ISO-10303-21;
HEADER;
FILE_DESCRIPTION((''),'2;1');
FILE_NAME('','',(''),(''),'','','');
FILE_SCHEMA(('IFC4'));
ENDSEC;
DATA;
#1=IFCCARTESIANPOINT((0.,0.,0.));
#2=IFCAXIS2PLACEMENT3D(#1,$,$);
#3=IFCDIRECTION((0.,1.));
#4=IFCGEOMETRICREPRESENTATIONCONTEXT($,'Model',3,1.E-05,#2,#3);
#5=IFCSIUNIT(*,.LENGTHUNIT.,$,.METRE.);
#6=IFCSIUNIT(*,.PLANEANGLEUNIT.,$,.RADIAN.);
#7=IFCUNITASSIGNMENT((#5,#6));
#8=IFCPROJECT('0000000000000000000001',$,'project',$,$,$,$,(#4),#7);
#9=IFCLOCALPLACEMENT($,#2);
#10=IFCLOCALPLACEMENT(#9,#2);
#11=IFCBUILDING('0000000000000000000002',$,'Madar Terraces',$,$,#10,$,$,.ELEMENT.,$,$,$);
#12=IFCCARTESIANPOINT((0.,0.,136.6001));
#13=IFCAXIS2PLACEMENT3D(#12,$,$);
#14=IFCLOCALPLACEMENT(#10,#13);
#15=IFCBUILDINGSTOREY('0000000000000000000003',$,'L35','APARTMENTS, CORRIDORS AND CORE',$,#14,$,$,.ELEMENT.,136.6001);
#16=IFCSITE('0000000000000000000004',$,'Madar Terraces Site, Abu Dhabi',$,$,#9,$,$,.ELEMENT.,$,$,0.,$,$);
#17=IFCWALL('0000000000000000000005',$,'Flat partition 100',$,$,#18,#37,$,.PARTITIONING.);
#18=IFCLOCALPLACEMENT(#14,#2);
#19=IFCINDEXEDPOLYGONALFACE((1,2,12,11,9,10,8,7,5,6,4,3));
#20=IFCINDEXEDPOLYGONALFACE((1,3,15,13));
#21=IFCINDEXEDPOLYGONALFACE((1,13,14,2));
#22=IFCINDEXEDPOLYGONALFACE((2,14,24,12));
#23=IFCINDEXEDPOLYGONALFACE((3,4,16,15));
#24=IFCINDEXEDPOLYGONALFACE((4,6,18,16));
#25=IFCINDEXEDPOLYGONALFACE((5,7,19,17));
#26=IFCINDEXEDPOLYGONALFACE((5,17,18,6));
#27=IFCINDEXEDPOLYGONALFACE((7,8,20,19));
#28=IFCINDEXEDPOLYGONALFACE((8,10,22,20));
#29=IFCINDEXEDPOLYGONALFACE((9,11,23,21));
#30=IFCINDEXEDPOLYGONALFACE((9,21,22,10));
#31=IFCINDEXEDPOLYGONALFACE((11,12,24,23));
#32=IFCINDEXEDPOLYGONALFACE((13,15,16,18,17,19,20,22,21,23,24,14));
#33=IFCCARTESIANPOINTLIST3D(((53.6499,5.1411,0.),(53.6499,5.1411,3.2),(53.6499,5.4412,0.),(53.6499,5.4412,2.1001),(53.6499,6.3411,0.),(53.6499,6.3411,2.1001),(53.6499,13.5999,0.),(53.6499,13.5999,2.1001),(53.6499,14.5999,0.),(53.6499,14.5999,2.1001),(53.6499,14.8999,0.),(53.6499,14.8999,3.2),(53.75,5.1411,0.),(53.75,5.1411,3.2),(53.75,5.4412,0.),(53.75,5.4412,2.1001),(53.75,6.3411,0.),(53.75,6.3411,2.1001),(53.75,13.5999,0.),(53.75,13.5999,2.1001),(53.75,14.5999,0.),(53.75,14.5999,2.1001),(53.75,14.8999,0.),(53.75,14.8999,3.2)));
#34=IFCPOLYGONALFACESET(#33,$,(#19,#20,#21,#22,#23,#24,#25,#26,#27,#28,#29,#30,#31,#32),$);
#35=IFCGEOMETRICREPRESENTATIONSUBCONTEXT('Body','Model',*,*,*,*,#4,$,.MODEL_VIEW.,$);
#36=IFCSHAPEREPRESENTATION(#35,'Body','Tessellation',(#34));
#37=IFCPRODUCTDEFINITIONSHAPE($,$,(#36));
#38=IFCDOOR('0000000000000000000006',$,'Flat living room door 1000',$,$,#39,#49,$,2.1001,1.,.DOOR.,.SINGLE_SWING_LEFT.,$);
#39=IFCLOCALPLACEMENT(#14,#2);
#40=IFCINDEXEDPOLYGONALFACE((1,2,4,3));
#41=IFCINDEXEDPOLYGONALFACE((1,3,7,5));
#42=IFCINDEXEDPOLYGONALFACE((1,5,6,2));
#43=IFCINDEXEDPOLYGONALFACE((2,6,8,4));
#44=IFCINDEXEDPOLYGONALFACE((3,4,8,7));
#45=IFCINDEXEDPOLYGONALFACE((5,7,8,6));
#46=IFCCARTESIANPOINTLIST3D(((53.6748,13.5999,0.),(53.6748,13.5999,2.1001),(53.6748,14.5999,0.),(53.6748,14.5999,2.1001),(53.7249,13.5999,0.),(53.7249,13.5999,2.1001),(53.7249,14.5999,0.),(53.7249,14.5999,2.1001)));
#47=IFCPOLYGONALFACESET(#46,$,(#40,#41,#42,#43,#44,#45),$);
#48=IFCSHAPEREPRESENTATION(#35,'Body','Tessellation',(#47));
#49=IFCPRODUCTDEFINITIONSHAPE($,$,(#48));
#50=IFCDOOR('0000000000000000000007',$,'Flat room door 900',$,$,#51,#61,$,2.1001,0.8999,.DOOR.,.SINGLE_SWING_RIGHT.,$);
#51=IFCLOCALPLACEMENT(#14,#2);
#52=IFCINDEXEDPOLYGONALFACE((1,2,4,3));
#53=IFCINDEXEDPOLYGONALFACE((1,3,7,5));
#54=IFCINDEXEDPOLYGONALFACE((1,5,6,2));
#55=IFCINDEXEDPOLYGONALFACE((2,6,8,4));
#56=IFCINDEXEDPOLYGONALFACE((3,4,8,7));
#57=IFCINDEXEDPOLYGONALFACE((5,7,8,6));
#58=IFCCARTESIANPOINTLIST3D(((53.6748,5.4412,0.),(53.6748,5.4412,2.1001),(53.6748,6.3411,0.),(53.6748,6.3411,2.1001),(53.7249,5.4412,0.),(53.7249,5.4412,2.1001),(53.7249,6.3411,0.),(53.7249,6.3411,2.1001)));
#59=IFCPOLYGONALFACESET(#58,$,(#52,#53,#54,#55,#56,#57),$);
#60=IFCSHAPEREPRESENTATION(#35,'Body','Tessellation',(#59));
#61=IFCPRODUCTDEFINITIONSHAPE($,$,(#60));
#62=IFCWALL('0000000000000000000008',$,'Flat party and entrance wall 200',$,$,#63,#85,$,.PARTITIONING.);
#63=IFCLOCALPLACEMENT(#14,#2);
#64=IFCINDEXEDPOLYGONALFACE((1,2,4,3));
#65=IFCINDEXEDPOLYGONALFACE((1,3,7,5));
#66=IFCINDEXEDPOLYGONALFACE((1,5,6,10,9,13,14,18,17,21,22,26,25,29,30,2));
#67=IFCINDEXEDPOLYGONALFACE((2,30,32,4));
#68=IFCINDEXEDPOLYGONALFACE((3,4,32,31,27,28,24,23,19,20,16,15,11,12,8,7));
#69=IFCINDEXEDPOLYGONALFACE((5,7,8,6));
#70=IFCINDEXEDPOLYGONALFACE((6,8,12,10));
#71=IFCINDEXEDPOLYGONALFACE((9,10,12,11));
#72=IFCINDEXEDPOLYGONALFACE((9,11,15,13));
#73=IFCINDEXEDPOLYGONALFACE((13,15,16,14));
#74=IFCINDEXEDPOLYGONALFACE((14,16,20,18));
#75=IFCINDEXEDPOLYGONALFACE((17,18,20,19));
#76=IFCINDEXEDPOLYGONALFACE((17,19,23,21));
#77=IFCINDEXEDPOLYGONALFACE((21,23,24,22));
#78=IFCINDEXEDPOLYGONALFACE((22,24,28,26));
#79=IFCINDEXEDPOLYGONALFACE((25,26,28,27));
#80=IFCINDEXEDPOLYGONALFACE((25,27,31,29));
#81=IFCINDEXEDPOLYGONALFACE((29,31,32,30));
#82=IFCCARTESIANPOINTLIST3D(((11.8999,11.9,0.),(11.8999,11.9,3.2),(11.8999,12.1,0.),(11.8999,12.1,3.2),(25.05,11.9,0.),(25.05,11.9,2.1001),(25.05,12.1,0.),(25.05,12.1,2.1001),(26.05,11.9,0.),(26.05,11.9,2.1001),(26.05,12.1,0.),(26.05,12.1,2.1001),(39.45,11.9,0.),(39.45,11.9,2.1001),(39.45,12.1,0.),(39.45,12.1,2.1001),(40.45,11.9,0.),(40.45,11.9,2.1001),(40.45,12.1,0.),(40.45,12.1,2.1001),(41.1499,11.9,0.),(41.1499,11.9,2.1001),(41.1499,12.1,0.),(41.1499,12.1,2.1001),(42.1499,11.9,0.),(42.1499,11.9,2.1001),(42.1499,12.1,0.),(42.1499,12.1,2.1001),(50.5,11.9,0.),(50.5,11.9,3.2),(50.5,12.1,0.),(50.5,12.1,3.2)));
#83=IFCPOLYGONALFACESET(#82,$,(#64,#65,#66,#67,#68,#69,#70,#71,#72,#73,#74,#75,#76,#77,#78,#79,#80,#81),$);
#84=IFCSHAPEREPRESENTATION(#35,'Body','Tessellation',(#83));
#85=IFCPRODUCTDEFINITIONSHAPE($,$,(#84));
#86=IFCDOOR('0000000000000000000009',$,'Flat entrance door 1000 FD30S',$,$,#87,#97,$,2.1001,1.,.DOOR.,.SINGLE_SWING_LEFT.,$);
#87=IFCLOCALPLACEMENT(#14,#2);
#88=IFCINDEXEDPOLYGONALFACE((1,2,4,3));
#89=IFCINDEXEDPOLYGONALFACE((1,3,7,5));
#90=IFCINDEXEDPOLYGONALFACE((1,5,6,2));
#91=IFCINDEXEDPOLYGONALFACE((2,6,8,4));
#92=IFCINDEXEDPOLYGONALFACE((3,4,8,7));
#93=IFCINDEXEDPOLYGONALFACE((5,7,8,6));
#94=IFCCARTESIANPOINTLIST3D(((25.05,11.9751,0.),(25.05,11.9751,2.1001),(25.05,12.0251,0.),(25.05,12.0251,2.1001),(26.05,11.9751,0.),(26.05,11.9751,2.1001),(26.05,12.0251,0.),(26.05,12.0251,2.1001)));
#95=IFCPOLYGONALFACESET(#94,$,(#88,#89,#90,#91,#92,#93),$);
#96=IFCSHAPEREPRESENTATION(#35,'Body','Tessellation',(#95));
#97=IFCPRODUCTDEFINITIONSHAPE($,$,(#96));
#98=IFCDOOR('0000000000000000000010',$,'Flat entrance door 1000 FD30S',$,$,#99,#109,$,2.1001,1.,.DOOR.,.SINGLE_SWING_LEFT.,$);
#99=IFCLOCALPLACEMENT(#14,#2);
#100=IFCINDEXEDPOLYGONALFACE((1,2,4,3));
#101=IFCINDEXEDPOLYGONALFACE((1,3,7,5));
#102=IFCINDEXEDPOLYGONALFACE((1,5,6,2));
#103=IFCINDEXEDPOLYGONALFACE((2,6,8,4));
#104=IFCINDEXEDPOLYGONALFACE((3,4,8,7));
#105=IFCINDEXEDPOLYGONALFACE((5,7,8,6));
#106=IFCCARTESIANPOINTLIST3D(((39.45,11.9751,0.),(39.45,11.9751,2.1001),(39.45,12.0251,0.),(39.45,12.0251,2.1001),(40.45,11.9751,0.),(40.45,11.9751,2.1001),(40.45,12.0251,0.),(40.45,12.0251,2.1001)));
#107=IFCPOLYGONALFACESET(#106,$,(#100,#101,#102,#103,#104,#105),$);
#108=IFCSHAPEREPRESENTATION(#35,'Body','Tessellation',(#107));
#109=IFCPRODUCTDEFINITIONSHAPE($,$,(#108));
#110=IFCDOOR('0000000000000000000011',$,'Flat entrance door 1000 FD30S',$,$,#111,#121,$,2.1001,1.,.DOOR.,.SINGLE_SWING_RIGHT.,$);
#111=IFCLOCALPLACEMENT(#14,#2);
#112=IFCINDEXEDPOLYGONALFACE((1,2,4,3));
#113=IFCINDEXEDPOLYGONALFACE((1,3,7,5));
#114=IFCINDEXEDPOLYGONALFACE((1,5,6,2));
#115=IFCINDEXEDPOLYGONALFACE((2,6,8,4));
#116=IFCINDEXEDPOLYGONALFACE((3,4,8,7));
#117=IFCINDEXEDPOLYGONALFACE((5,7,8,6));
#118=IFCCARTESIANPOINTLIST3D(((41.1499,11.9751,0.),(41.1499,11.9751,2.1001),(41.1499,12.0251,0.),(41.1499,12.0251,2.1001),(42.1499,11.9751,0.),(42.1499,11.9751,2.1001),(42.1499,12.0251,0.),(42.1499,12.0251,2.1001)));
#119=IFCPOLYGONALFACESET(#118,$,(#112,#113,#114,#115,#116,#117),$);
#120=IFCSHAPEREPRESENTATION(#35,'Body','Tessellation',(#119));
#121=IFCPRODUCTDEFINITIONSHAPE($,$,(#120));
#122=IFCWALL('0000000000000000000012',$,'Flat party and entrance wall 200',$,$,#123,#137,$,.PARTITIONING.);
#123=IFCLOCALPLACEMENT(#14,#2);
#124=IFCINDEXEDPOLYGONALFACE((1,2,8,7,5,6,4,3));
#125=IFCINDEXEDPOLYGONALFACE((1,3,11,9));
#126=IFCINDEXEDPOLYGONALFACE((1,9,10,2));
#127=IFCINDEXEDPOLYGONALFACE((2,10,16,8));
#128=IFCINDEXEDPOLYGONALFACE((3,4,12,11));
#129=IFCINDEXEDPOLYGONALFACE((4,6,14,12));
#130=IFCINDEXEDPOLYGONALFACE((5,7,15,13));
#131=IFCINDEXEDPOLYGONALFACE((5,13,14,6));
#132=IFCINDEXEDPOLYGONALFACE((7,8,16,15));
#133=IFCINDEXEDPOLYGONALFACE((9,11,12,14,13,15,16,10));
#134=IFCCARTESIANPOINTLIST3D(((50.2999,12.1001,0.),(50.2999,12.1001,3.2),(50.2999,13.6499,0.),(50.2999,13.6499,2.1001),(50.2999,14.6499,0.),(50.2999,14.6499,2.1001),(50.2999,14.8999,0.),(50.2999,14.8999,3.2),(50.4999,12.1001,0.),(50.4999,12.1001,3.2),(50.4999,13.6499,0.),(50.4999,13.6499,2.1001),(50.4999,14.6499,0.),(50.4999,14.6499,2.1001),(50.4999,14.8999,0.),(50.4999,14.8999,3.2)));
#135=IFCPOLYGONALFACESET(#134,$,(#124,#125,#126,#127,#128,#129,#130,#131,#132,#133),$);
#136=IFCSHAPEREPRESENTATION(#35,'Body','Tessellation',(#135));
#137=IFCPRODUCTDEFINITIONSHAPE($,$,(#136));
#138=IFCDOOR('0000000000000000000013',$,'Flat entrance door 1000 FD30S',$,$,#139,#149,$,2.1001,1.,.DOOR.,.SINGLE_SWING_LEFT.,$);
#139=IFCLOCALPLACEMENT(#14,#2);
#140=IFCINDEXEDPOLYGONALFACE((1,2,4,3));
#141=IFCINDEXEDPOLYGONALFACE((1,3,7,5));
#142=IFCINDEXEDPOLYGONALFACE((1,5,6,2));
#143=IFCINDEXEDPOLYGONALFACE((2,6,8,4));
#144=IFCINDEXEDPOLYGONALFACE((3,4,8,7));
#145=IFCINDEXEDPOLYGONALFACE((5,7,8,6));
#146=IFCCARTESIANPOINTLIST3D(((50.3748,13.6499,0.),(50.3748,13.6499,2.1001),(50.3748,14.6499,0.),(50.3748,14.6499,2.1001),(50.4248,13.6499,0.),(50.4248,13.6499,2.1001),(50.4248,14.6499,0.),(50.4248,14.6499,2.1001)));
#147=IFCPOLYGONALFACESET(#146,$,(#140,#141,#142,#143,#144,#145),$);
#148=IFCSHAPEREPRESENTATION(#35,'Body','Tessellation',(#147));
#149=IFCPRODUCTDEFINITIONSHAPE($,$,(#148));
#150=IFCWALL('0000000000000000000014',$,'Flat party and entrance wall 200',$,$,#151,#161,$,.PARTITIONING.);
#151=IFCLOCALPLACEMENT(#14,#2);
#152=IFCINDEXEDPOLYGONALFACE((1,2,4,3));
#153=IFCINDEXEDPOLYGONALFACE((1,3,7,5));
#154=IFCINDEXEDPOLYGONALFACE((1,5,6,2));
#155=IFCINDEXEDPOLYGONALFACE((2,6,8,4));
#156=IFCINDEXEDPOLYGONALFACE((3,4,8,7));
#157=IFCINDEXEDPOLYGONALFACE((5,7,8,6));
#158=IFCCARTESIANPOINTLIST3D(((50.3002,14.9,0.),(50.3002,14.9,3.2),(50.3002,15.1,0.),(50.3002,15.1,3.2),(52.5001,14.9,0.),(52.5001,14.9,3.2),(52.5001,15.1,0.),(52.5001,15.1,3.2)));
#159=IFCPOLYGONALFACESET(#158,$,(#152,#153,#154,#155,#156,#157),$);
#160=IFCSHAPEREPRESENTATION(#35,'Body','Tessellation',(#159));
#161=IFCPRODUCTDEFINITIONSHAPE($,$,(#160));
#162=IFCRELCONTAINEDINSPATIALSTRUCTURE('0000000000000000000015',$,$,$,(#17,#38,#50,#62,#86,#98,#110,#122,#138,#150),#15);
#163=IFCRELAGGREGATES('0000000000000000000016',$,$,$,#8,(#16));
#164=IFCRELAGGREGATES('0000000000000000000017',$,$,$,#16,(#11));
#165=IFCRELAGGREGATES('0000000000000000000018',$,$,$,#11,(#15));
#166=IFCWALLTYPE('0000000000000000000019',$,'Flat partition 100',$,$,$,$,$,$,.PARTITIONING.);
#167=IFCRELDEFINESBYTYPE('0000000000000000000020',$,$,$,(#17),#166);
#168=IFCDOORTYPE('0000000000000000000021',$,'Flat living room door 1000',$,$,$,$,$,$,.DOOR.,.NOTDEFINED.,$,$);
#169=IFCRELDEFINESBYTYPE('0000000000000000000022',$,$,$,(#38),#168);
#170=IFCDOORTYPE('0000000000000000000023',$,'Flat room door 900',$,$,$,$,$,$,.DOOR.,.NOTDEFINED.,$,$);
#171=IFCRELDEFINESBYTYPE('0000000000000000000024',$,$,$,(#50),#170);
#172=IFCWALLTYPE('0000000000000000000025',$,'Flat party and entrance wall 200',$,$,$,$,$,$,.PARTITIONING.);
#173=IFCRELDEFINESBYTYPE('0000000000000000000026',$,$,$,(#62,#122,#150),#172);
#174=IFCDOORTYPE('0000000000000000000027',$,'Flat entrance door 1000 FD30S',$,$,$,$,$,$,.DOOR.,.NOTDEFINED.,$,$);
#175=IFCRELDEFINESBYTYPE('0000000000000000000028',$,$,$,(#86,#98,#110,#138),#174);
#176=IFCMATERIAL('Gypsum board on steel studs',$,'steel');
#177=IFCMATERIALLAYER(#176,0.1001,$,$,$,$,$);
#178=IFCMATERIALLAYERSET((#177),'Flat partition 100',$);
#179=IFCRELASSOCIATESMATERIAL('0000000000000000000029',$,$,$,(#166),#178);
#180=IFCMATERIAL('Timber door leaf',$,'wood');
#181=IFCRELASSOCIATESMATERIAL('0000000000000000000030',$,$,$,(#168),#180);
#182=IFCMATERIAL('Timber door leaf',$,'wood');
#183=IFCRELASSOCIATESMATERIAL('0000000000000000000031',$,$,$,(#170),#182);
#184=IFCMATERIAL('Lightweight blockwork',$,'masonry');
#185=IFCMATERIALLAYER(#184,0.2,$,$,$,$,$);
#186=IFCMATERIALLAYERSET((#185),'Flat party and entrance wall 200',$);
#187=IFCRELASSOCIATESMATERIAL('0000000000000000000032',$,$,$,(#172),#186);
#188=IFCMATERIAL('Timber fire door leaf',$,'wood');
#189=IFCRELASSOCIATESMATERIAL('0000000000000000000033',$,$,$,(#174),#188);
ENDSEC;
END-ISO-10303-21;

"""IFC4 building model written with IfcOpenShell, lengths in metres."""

from ifc_helpers import new_model, si_unit, direction, frame, frame_2d, origin, place, context, subcontext, project, spatial, rectangle, extrude, material, layer, layer_set, type_object, element, fill, save


model = new_model("IFC4")

# Units and contexts
model_context = context("Model", 3, precision=1e-05, world=origin(), true_north=direction((0.0, 1.0)))
body_context = subcontext(model_context, "Body", "Model", "MODEL_VIEW")
ifc_project = project(units=[si_unit("LENGTHUNIT", "METRE"), si_unit("PLANEANGLEUNIT", "RADIAN")], contexts=[model_context])

# Site, building, storey
site_placement = place(None, origin())
site = spatial("IfcSite", under=ifc_project, at=site_placement, Name="Madar Terraces Site, Abu Dhabi", CompositionType="ELEMENT", RefElevation=0.0)
building_placement = place(site_placement, origin())
building = spatial("IfcBuilding", under=site, at=building_placement, Name="Madar Terraces", CompositionType="ELEMENT")
storey_placement = place(building_placement, frame((0.0, 0.0, 136.6001)))
storey = spatial("IfcBuildingStorey", under=building, at=storey_placement, Name="L35", Description="APARTMENTS, CORRIDORS AND CORE", CompositionType="ELEMENT", Elevation=136.6001)

# Walls, openings, doors
ifc_material_1 = material(Name="Gypsum board on steel studs", Category="steel")
ifc_layer_1 = layer(ifc_material_1, 0.1001)
ifc_layer_set_1 = layer_set([ifc_layer_1], Name="Flat partition 100")
wall_type_1 = type_object("IfcWallType", Name="Flat partition 100", PredefinedType="PARTITIONING", material=ifc_layer_set_1)
wall_1_placement = place(storey_placement, frame((53.7, 14.8999, 0.0), z_axis=(0.0, 0.0, 1.0), x_axis=(0.0, -1.0, 0.0)))
wall_1 = element("IfcWall", 1, at=wall_1_placement, inside=storey, type_object=wall_type_1, Name="Flat partition 100", PredefinedType="PARTITIONING", context=body_context, shape_type="SweptSolid", body=[
    extrude(rectangle(XDim=9.7588, YDim=0.1001, at=frame_2d((4.8794, 0.0))), origin(), (0.0, 0.0, 1.0), 3.2),
])
opening_1_placement = place(wall_1_placement, frame((0.3, 0.0, 0.0)))
opening_1 = element("IfcOpeningElement", 2, at=opening_1_placement, cuts=wall_1, PredefinedType="OPENING", context=body_context, shape_type="SweptSolid", body=[
    extrude(rectangle(XDim=1.0, YDim=2.1001, at=frame_2d((0.5, 1.05))), frame((0.0, 0.0601, 0.0), z_axis=(0.0, -1.0, 0.0), x_axis=(1.0, 0.0, 0.0)), (0.0, 0.0, 1.0), 0.1201),
])
opening_2_placement = place(wall_1_placement, frame((8.5588, 0.0, 0.0)))
opening_2 = element("IfcOpeningElement", 3, at=opening_2_placement, cuts=wall_1, PredefinedType="OPENING", context=body_context, shape_type="SweptSolid", body=[
    extrude(rectangle(XDim=0.8999, YDim=2.1001, at=frame_2d((0.45, 1.05))), frame((0.0, 0.0601, 0.0), z_axis=(0.0, -1.0, 0.0), x_axis=(1.0, 0.0, 0.0)), (0.0, 0.0, 1.0), 0.1201),
])
ifc_material_2 = material(Name="Timber door leaf", Category="wood")
door_type_1 = type_object("IfcDoorType", Name="Flat living room door 1000", OperationType="NOTDEFINED", PredefinedType="DOOR", material=ifc_material_2)
door_1_placement = place(opening_1_placement, origin())
door_1 = element("IfcDoor", 4, at=door_1_placement, inside=storey, type_object=door_type_1, Name="Flat living room door 1000", OperationType="SINGLE_SWING_LEFT", OverallHeight=2.1001, OverallWidth=1.0, PredefinedType="DOOR", context=body_context, shape_type="SweptSolid", body=[
    extrude(rectangle(XDim=1.0, YDim=2.1001, at=frame_2d((0.5, 1.05))), frame((0.0, 0.0249, 0.0), z_axis=(0.0, -1.0, 0.0), x_axis=(1.0, 0.0, 0.0)), (0.0, 0.0, 1.0), 0.05),
])
fill(opening_1, door_1)
ifc_material_3 = material(Name="Timber door leaf", Category="wood")
door_type_2 = type_object("IfcDoorType", Name="Flat room door 900", OperationType="NOTDEFINED", PredefinedType="DOOR", material=ifc_material_3)
door_2_placement = place(opening_2_placement, origin())
door_2 = element("IfcDoor", 5, at=door_2_placement, inside=storey, type_object=door_type_2, Name="Flat room door 900", OperationType="SINGLE_SWING_RIGHT", OverallHeight=2.1001, OverallWidth=0.8999, PredefinedType="DOOR", context=body_context, shape_type="SweptSolid", body=[
    extrude(rectangle(XDim=0.8999, YDim=2.1001, at=frame_2d((0.45, 1.05))), frame((0.0, 0.0249, 0.0), z_axis=(0.0, -1.0, 0.0), x_axis=(1.0, 0.0, 0.0)), (0.0, 0.0, 1.0), 0.05),
])
fill(opening_2, door_2)
ifc_material_4 = material(Name="Lightweight blockwork", Category="masonry")
ifc_layer_2 = layer(ifc_material_4, 0.2)
ifc_layer_set_2 = layer_set([ifc_layer_2], Name="Flat party and entrance wall 200")
wall_type_2 = type_object("IfcWallType", Name="Flat party and entrance wall 200", PredefinedType="PARTITIONING", material=ifc_layer_set_2)
wall_2_placement = place(storey_placement, frame((50.5, 12.0, 0.0), z_axis=(0.0, 0.0, 1.0), x_axis=(-1.0, 0.0, 0.0)))
wall_2 = element("IfcWall", 6, at=wall_2_placement, inside=storey, type_object=wall_type_2, Name="Flat party and entrance wall 200", PredefinedType="PARTITIONING", context=body_context, shape_type="SweptSolid", body=[
    extrude(rectangle(XDim=38.6001, YDim=0.2, at=frame_2d((19.3, 0.0))), origin(), (0.0, 0.0, 1.0), 3.2),
])
opening_3_placement = place(wall_2_placement, frame((24.45, 0.0, 0.0)))
opening_3 = element("IfcOpeningElement", 7, at=opening_3_placement, cuts=wall_2, PredefinedType="OPENING", context=body_context, shape_type="SweptSolid", body=[
    extrude(rectangle(XDim=1.0, YDim=2.1001, at=frame_2d((0.5, 1.05))), frame((0.0, 0.1099, 0.0), z_axis=(0.0, -1.0, 0.0), x_axis=(1.0, 0.0, 0.0)), (0.0, 0.0, 1.0), 0.22),
])
opening_4_placement = place(wall_2_placement, frame((10.05, 0.0, 0.0)))
opening_4 = element("IfcOpeningElement", 8, at=opening_4_placement, cuts=wall_2, PredefinedType="OPENING", context=body_context, shape_type="SweptSolid", body=[
    extrude(rectangle(XDim=1.0, YDim=2.1001, at=frame_2d((0.5, 1.05))), frame((0.0, 0.1099, 0.0), z_axis=(0.0, -1.0, 0.0), x_axis=(1.0, 0.0, 0.0)), (0.0, 0.0, 1.0), 0.22),
])
opening_5_placement = place(wall_2_placement, frame((8.3501, 0.0, 0.0)))
opening_5 = element("IfcOpeningElement", 9, at=opening_5_placement, cuts=wall_2, PredefinedType="OPENING", context=body_context, shape_type="SweptSolid", body=[
    extrude(rectangle(XDim=1.0, YDim=2.1001, at=frame_2d((0.5, 1.05))), frame((0.0, 0.1099, 0.0), z_axis=(0.0, -1.0, 0.0), x_axis=(1.0, 0.0, 0.0)), (0.0, 0.0, 1.0), 0.22),
])
ifc_material_5 = material(Name="Timber fire door leaf", Category="wood")
door_type_3 = type_object("IfcDoorType", Name="Flat entrance door 1000 FD30S", OperationType="NOTDEFINED", PredefinedType="DOOR", material=ifc_material_5)
door_3_placement = place(opening_3_placement, origin())
door_3 = element("IfcDoor", 10, at=door_3_placement, inside=storey, type_object=door_type_3, Name="Flat entrance door 1000 FD30S", OperationType="SINGLE_SWING_LEFT", OverallHeight=2.1001, OverallWidth=1.0, PredefinedType="DOOR", context=body_context, shape_type="SweptSolid", body=[
    extrude(rectangle(XDim=1.0, YDim=2.1001, at=frame_2d((0.5, 1.05))), frame((0.0, 0.0249, 0.0), z_axis=(0.0, -1.0, 0.0), x_axis=(1.0, 0.0, 0.0)), (0.0, 0.0, 1.0), 0.05),
])
fill(opening_3, door_3)
door_4_placement = place(opening_4_placement, origin())
door_4 = element("IfcDoor", 11, at=door_4_placement, inside=storey, type_object=door_type_3, Name="Flat entrance door 1000 FD30S", OperationType="SINGLE_SWING_LEFT", OverallHeight=2.1001, OverallWidth=1.0, PredefinedType="DOOR", context=body_context, shape_type="SweptSolid", body=[
    extrude(rectangle(XDim=1.0, YDim=2.1001, at=frame_2d((0.5, 1.05))), frame((0.0, 0.0249, 0.0), z_axis=(0.0, -1.0, 0.0), x_axis=(1.0, 0.0, 0.0)), (0.0, 0.0, 1.0), 0.05),
])
fill(opening_4, door_4)
door_5_placement = place(opening_5_placement, origin())
door_5 = element("IfcDoor", 12, at=door_5_placement, inside=storey, type_object=door_type_3, Name="Flat entrance door 1000 FD30S", OperationType="SINGLE_SWING_RIGHT", OverallHeight=2.1001, OverallWidth=1.0, PredefinedType="DOOR", context=body_context, shape_type="SweptSolid", body=[
    extrude(rectangle(XDim=1.0, YDim=2.1001, at=frame_2d((0.5, 1.05))), frame((0.0, 0.0249, 0.0), z_axis=(0.0, -1.0, 0.0), x_axis=(1.0, 0.0, 0.0)), (0.0, 0.0, 1.0), 0.05),
])
fill(opening_5, door_5)

# Wall, opening, door
wall_3_placement = place(storey_placement, frame((50.3999, 14.8999, 0.0), z_axis=(0.0, 0.0, 1.0), x_axis=(0.0, -1.0, 0.0)))
wall_3 = element("IfcWall", 13, at=wall_3_placement, inside=storey, type_object=wall_type_2, Name="Flat party and entrance wall 200", PredefinedType="PARTITIONING", context=body_context, shape_type="SweptSolid", body=[
    extrude(rectangle(XDim=2.7998, YDim=0.2, at=frame_2d((1.3999, 0.0))), origin(), (0.0, 0.0, 1.0), 3.2),
])
opening_6_placement = place(wall_3_placement, frame((0.25, 0.0, 0.0)))
opening_6 = element("IfcOpeningElement", 14, at=opening_6_placement, cuts=wall_3, PredefinedType="OPENING", context=body_context, shape_type="SweptSolid", body=[
    extrude(rectangle(XDim=1.0, YDim=2.1001, at=frame_2d((0.5, 1.05))), frame((0.0, 0.1099, 0.0), z_axis=(0.0, -1.0, 0.0), x_axis=(1.0, 0.0, 0.0)), (0.0, 0.0, 1.0), 0.22),
])
door_6_placement = place(opening_6_placement, origin())
door_6 = element("IfcDoor", 15, at=door_6_placement, inside=storey, type_object=door_type_3, Name="Flat entrance door 1000 FD30S", OperationType="SINGLE_SWING_LEFT", OverallHeight=2.1001, OverallWidth=1.0, PredefinedType="DOOR", context=body_context, shape_type="SweptSolid", body=[
    extrude(rectangle(XDim=1.0, YDim=2.1001, at=frame_2d((0.5, 1.05))), frame((0.0, 0.0249, 0.0), z_axis=(0.0, -1.0, 0.0), x_axis=(1.0, 0.0, 0.0)), (0.0, 0.0, 1.0), 0.05),
])
fill(opening_6, door_6)

# Wall
wall_4_placement = place(storey_placement, frame((50.3, 15.0, 0.0), z_axis=(0.0, 0.0, 1.0), x_axis=(1.0, 0.0, 0.0)))
element("IfcWall", 16, at=wall_4_placement, inside=storey, type_object=wall_type_2, Name="Flat party and entrance wall 200", PredefinedType="PARTITIONING", context=body_context, shape_type="SweptSolid", body=[
    extrude(rectangle(XDim=2.2, YDim=0.2, at=frame_2d((1.1001, 0.0))), origin(), (0.0, 0.0, 1.0), 3.2),
])

save(model, "model.ifc")
